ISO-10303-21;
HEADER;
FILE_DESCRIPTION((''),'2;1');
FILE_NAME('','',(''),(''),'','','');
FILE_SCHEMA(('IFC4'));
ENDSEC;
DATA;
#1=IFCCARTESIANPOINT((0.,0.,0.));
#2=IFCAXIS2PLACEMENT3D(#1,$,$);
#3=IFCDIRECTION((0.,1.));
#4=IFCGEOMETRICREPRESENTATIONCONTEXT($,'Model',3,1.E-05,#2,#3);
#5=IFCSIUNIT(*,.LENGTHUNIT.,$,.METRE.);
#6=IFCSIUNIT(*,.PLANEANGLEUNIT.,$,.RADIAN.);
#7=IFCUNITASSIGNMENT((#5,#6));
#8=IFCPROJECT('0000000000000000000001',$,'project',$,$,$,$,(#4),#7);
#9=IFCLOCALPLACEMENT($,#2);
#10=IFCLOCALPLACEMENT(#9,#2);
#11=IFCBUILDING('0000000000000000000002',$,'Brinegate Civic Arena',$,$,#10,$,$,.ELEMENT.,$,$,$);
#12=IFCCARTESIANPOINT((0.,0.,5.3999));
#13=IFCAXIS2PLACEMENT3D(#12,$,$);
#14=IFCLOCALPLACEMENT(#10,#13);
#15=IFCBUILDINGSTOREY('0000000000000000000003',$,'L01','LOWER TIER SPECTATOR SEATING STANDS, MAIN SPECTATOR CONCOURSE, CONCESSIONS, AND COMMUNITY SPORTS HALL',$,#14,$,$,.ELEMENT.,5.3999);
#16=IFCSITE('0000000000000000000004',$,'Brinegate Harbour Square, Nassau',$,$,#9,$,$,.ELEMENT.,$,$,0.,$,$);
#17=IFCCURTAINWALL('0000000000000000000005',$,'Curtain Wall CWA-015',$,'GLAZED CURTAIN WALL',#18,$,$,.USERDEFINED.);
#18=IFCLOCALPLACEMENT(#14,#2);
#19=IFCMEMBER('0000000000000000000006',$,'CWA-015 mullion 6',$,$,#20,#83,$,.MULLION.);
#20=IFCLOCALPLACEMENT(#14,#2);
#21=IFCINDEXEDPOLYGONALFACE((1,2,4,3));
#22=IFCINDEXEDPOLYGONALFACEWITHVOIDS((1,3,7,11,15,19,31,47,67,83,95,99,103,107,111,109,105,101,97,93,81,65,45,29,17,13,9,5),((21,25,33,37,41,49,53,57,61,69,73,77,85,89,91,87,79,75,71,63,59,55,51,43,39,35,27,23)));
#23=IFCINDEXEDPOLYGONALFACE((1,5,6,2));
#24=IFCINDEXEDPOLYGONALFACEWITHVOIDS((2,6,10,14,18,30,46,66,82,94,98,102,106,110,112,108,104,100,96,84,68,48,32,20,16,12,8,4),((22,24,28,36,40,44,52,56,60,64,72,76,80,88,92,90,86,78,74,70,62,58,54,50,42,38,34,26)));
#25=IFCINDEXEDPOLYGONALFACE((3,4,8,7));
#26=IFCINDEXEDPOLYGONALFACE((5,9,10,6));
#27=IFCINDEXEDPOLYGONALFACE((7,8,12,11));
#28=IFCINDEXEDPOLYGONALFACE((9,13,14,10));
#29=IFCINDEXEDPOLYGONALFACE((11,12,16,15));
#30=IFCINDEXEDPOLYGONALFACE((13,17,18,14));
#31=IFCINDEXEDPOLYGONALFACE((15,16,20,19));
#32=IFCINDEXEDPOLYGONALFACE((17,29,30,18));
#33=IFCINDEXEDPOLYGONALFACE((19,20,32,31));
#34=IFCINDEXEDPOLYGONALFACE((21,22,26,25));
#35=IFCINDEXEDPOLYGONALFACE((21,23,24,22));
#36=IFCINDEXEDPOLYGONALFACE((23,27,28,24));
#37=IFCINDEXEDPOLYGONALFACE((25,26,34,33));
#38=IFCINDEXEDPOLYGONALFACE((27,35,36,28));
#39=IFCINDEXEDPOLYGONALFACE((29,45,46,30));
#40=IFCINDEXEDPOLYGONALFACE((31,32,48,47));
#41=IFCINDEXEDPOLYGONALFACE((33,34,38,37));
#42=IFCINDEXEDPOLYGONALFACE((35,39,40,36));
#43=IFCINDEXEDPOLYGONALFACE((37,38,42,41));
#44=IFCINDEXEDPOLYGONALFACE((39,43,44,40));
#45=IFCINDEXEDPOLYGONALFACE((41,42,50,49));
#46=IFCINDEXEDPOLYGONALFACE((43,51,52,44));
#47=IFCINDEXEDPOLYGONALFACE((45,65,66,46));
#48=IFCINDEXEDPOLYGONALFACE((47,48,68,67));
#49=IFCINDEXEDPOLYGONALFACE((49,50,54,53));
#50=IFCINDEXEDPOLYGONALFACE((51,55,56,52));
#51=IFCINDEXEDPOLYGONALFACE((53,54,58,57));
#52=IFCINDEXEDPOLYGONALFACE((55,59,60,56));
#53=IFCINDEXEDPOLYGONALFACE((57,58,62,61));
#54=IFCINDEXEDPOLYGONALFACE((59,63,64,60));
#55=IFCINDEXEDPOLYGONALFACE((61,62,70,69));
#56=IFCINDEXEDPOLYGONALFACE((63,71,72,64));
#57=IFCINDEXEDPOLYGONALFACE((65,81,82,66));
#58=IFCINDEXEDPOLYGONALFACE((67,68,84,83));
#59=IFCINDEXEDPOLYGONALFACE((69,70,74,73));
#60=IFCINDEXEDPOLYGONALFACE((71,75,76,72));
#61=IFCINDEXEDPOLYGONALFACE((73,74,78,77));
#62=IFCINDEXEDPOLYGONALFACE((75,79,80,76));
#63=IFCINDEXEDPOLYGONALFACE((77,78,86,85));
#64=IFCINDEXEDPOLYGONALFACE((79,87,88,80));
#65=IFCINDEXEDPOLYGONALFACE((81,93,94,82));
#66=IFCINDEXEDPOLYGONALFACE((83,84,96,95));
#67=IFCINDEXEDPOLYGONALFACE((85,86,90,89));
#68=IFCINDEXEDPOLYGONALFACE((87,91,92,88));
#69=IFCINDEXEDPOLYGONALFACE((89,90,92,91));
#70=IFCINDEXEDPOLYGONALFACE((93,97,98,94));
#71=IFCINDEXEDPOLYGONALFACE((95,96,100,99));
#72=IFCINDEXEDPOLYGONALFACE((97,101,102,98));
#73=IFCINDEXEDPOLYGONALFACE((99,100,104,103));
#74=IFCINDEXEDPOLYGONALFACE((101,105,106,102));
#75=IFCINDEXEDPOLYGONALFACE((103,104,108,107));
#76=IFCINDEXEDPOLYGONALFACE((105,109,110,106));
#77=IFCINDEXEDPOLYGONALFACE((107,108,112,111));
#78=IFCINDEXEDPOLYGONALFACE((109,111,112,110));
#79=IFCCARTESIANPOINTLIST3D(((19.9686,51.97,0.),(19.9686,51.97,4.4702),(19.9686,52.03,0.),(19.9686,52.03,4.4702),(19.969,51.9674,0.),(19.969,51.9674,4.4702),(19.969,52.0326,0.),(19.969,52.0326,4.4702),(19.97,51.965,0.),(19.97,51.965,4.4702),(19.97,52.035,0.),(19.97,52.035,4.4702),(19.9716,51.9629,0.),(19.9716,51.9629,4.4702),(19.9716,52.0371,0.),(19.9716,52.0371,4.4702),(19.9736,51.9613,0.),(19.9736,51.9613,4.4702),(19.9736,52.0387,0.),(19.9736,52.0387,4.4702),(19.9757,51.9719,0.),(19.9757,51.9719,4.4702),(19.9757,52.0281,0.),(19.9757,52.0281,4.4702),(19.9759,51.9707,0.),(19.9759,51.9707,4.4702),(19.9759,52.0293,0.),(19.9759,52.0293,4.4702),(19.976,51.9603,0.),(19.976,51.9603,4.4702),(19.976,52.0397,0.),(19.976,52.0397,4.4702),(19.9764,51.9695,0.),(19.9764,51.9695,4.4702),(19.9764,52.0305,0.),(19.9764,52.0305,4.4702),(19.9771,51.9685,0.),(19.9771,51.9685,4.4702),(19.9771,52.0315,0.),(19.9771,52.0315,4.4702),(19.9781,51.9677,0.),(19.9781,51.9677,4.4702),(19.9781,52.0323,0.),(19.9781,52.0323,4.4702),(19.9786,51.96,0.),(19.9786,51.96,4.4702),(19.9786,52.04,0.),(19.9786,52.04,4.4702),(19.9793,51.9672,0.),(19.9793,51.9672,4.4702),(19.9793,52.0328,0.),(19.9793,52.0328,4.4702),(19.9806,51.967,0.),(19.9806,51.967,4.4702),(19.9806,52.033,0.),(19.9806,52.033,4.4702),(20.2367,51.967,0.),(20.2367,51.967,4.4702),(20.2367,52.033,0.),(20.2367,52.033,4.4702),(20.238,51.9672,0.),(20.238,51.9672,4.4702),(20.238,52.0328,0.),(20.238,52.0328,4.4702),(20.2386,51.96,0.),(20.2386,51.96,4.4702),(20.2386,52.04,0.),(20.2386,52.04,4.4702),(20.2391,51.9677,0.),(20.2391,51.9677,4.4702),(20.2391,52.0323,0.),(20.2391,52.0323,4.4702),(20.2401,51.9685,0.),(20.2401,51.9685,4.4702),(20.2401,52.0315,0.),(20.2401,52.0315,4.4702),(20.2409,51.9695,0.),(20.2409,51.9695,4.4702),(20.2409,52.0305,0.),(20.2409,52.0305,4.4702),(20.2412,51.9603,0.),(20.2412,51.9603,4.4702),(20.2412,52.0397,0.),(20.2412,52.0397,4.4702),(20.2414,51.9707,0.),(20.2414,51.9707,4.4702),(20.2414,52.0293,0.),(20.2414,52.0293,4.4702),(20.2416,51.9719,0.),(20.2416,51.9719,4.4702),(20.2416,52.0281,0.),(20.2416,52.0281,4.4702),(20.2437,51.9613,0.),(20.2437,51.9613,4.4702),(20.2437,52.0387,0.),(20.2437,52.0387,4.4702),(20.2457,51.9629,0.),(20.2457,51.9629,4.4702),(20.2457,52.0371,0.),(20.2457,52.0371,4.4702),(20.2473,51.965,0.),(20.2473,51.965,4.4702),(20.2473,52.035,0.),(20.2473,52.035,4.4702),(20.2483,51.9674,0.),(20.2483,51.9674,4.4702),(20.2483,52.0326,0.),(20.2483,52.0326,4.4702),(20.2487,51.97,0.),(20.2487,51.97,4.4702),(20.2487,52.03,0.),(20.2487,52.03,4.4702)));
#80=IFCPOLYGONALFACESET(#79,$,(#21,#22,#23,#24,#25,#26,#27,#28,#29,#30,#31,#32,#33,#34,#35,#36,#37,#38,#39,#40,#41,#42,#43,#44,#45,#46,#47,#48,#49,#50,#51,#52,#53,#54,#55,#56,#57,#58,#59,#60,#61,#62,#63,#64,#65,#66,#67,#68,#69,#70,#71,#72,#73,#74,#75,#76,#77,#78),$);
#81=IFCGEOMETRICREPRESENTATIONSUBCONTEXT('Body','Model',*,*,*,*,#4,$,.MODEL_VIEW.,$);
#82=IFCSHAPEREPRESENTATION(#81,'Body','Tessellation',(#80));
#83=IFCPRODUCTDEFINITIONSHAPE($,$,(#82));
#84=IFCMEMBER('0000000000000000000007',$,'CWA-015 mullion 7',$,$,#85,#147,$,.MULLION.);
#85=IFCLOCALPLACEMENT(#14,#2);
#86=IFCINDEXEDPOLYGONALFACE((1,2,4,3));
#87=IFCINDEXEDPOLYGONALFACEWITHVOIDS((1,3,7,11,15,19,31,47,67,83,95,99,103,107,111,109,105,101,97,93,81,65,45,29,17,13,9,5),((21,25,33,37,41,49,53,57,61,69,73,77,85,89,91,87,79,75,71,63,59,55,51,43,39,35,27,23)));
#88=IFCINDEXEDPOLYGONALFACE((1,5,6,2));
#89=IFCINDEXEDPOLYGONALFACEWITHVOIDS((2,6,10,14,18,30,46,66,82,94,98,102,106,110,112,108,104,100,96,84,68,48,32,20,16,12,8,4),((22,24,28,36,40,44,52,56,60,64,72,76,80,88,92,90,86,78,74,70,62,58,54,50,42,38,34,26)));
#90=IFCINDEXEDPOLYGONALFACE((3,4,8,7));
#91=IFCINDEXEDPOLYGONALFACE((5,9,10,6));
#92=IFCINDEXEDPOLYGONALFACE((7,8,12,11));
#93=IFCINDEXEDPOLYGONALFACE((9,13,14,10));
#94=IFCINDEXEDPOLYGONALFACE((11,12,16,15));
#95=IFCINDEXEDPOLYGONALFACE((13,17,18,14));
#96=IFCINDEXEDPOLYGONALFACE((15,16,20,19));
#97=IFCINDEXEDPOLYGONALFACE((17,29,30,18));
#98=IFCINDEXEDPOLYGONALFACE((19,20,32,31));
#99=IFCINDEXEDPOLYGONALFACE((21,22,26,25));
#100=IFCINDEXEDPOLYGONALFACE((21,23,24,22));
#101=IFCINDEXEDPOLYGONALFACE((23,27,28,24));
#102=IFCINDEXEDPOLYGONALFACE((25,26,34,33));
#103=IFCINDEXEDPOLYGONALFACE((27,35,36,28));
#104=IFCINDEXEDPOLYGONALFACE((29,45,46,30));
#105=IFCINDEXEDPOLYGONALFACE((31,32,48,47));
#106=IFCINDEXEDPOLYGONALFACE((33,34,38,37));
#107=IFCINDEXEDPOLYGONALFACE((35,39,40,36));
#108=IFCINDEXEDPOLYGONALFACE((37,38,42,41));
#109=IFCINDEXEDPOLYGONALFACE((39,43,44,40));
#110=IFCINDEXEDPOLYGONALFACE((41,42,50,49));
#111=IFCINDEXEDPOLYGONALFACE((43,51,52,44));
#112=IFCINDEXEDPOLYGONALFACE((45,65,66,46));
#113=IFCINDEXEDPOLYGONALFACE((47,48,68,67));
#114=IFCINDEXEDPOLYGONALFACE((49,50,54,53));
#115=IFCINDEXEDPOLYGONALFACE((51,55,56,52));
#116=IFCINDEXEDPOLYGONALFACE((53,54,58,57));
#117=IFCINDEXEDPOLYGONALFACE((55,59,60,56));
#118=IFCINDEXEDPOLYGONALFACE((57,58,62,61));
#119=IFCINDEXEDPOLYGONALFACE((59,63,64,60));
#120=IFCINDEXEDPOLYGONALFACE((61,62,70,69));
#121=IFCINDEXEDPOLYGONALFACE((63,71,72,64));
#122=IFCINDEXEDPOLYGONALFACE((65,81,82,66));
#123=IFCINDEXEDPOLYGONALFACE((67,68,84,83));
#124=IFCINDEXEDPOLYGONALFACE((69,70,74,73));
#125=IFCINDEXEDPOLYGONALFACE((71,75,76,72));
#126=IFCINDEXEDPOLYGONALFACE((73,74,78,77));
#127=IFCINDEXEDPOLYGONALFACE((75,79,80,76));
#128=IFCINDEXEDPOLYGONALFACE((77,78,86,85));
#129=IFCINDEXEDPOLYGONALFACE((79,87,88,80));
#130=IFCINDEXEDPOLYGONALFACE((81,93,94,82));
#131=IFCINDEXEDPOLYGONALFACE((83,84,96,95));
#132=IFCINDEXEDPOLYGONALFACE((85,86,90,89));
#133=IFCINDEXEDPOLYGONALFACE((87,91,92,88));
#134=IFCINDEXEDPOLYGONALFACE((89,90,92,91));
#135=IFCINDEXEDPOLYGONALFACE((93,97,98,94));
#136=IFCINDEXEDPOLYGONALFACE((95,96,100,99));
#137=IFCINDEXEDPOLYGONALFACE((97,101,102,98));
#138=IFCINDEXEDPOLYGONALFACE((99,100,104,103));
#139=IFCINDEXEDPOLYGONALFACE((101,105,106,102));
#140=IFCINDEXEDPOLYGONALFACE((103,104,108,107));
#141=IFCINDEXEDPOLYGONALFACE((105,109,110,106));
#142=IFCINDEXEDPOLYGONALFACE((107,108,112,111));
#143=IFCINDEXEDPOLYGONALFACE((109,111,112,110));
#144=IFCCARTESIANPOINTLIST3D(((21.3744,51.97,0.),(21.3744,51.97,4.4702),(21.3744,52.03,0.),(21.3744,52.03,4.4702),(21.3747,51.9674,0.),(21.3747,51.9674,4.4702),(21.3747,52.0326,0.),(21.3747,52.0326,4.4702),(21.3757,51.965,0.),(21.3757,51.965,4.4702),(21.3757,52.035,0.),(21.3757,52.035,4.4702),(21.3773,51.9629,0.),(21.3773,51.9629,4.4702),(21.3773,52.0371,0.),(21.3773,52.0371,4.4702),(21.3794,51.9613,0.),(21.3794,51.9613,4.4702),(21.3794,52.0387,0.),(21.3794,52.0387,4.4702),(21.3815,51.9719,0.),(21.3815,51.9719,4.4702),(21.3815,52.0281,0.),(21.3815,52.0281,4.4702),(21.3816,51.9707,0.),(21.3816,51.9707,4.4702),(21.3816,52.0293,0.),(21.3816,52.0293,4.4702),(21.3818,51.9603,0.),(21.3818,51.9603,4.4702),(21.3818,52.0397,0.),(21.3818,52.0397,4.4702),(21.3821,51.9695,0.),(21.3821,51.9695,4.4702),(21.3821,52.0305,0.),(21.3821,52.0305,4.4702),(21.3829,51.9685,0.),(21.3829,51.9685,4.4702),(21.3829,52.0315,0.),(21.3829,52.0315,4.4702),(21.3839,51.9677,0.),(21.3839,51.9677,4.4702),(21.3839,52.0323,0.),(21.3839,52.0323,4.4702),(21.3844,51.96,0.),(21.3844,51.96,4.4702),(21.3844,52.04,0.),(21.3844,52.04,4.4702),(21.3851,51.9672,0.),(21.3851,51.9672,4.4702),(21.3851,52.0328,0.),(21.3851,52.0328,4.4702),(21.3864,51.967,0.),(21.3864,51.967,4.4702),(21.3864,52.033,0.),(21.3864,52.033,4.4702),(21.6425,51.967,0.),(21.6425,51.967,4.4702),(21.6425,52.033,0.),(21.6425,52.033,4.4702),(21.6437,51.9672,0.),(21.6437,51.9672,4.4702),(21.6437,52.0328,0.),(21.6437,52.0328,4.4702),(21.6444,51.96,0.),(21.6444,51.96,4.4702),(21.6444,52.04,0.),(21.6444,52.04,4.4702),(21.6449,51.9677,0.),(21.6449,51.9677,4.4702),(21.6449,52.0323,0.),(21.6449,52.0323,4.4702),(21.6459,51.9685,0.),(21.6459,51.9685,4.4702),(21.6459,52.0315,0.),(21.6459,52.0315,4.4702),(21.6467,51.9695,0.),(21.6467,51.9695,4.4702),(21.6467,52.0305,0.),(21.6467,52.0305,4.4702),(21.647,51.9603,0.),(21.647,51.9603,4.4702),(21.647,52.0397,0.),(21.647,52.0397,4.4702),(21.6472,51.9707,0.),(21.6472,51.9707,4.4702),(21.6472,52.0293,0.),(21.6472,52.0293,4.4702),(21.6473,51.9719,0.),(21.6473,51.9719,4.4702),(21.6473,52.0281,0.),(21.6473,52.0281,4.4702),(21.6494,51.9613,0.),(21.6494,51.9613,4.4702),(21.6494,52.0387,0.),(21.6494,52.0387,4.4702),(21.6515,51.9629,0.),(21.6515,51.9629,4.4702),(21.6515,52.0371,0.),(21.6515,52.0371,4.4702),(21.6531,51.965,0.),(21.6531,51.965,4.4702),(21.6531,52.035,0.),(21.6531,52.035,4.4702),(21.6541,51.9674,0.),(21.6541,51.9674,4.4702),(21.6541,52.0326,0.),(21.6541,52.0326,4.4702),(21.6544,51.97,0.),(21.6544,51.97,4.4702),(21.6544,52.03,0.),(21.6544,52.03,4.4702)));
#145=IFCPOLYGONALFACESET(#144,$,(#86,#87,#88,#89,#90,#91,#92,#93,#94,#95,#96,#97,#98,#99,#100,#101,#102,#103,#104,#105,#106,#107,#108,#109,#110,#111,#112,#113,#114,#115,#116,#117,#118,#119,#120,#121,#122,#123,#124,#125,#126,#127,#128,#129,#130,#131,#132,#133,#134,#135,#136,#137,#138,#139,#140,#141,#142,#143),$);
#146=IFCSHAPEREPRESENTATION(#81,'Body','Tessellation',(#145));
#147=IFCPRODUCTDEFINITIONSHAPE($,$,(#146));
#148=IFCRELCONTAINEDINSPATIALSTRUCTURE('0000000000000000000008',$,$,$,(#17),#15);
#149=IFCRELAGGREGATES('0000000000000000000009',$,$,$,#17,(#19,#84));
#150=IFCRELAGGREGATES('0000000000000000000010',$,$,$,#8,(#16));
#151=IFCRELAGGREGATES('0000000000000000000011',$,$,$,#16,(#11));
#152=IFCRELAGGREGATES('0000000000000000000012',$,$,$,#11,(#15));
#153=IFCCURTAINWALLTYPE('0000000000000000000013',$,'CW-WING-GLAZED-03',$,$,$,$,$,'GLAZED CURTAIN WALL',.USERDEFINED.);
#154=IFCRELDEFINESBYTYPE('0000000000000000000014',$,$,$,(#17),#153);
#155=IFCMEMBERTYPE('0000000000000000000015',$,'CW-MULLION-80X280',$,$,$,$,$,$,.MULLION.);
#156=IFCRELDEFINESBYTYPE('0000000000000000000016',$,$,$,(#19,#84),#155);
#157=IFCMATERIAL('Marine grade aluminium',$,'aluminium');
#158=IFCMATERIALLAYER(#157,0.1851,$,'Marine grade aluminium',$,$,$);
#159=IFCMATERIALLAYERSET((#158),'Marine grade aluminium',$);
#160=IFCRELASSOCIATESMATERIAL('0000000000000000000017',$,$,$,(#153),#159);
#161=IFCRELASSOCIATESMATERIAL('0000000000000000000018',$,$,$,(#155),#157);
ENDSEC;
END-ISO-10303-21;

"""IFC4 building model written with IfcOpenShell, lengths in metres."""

from ifc_helpers import new_model, si_unit, direction, frame, origin, origin_2d, place, context, subcontext, project, spatial, hollow_rectangle, extrude, material, layer, layer_set, material_profile, profile_set, type_object, element, aggregate, save


model = new_model("IFC4")

# Units and contexts
model_context = context("Model", 3, precision=1e-05, world=origin(), true_north=direction((0.0, 1.0)))
body_context = subcontext(model_context, "Body", "Model", "MODEL_VIEW")
ifc_project = project(units=[si_unit("LENGTHUNIT", "METRE"), si_unit("PLANEANGLEUNIT", "RADIAN")], contexts=[model_context])

# Site, building, storey
site_placement = place(None, origin())
site = spatial("IfcSite", under=ifc_project, at=site_placement, Name="Brinegate Harbour Square, Nassau", CompositionType="ELEMENT", RefElevation=0.0)
building_placement = place(site_placement, origin())
building = spatial("IfcBuilding", under=site, at=building_placement, Name="Brinegate Civic Arena", CompositionType="ELEMENT")
storey_placement = place(building_placement, frame((0.0, 0.0, 5.3999)))
storey = spatial("IfcBuildingStorey", under=building, at=storey_placement, Name="L01", Description="LOWER TIER SPECTATOR SEATING STANDS, MAIN SPECTATOR CONCOURSE, CONCESSIONS, AND COMMUNITY SPORTS HALL", CompositionType="ELEMENT", Elevation=5.3999)

# Curtain wall, members
ifc_material_1 = material(Name="Marine grade aluminium", Category="aluminium")
ifc_layer_1 = layer(ifc_material_1, 0.1851, Name="Marine grade aluminium")
ifc_layer_set_1 = layer_set([ifc_layer_1], Name="Marine grade aluminium")
curtain_wall_type = type_object("IfcCurtainWallType", Name="CW-WING-GLAZED-03", ElementType="GLAZED CURTAIN WALL", PredefinedType="USERDEFINED", material=ifc_layer_set_1)
curtain_wall_placement = place(storey_placement, origin())
curtain_wall = element("IfcCurtainWall", 1, at=curtain_wall_placement, inside=storey, type_object=curtain_wall_type, Name="Curtain Wall CWA-015", ObjectType="GLAZED CURTAIN WALL", PredefinedType="USERDEFINED")
ifc_material_profile_1 = material_profile(ifc_material_1, hollow_rectangle(XDim=0.0801, YDim=0.28, WallThickness=0.0071, InnerFilletRadius=0.0049, OuterFilletRadius=0.01, at=origin_2d()), Name="MUL80X280")
ifc_profile_set_1 = profile_set([ifc_material_profile_1], Name="Marine grade aluminium")
member_type_1 = type_object("IfcMemberType", Name="CW-MULLION-80X280", PredefinedType="MULLION", material=ifc_profile_set_1)
member_1_placement = place(storey_placement, frame((20.1086, 52.0, 0.0), z_axis=(0.0, 0.0, 1.0), x_axis=(0.0, 1.0, 0.0)))
member_1 = element("IfcMember", 2, at=member_1_placement, type_object=member_type_1, Name="CWA-015 mullion 6", PredefinedType="MULLION", context=body_context, shape_type="SweptSolid", body=[
    extrude(hollow_rectangle(XDim=0.0801, YDim=0.28, WallThickness=0.0071, InnerFilletRadius=0.0049, OuterFilletRadius=0.01, at=origin_2d()), origin(), (0.0, 0.0, 1.0), 4.4702),
])
member_2_placement = place(storey_placement, frame((21.5144, 52.0, 0.0), z_axis=(0.0, 0.0, 1.0), x_axis=(0.0, 1.0, 0.0)))
member_2 = element("IfcMember", 3, at=member_2_placement, type_object=member_type_1, Name="CWA-015 mullion 7", PredefinedType="MULLION", context=body_context, shape_type="SweptSolid", body=[
    extrude(hollow_rectangle(XDim=0.0801, YDim=0.28, WallThickness=0.0071, InnerFilletRadius=0.0049, OuterFilletRadius=0.01, at=origin_2d()), origin(), (0.0, 0.0, 1.0), 4.4702),
])
aggregate(curtain_wall, [member_1, member_2])

save(model, "model.ifc")
